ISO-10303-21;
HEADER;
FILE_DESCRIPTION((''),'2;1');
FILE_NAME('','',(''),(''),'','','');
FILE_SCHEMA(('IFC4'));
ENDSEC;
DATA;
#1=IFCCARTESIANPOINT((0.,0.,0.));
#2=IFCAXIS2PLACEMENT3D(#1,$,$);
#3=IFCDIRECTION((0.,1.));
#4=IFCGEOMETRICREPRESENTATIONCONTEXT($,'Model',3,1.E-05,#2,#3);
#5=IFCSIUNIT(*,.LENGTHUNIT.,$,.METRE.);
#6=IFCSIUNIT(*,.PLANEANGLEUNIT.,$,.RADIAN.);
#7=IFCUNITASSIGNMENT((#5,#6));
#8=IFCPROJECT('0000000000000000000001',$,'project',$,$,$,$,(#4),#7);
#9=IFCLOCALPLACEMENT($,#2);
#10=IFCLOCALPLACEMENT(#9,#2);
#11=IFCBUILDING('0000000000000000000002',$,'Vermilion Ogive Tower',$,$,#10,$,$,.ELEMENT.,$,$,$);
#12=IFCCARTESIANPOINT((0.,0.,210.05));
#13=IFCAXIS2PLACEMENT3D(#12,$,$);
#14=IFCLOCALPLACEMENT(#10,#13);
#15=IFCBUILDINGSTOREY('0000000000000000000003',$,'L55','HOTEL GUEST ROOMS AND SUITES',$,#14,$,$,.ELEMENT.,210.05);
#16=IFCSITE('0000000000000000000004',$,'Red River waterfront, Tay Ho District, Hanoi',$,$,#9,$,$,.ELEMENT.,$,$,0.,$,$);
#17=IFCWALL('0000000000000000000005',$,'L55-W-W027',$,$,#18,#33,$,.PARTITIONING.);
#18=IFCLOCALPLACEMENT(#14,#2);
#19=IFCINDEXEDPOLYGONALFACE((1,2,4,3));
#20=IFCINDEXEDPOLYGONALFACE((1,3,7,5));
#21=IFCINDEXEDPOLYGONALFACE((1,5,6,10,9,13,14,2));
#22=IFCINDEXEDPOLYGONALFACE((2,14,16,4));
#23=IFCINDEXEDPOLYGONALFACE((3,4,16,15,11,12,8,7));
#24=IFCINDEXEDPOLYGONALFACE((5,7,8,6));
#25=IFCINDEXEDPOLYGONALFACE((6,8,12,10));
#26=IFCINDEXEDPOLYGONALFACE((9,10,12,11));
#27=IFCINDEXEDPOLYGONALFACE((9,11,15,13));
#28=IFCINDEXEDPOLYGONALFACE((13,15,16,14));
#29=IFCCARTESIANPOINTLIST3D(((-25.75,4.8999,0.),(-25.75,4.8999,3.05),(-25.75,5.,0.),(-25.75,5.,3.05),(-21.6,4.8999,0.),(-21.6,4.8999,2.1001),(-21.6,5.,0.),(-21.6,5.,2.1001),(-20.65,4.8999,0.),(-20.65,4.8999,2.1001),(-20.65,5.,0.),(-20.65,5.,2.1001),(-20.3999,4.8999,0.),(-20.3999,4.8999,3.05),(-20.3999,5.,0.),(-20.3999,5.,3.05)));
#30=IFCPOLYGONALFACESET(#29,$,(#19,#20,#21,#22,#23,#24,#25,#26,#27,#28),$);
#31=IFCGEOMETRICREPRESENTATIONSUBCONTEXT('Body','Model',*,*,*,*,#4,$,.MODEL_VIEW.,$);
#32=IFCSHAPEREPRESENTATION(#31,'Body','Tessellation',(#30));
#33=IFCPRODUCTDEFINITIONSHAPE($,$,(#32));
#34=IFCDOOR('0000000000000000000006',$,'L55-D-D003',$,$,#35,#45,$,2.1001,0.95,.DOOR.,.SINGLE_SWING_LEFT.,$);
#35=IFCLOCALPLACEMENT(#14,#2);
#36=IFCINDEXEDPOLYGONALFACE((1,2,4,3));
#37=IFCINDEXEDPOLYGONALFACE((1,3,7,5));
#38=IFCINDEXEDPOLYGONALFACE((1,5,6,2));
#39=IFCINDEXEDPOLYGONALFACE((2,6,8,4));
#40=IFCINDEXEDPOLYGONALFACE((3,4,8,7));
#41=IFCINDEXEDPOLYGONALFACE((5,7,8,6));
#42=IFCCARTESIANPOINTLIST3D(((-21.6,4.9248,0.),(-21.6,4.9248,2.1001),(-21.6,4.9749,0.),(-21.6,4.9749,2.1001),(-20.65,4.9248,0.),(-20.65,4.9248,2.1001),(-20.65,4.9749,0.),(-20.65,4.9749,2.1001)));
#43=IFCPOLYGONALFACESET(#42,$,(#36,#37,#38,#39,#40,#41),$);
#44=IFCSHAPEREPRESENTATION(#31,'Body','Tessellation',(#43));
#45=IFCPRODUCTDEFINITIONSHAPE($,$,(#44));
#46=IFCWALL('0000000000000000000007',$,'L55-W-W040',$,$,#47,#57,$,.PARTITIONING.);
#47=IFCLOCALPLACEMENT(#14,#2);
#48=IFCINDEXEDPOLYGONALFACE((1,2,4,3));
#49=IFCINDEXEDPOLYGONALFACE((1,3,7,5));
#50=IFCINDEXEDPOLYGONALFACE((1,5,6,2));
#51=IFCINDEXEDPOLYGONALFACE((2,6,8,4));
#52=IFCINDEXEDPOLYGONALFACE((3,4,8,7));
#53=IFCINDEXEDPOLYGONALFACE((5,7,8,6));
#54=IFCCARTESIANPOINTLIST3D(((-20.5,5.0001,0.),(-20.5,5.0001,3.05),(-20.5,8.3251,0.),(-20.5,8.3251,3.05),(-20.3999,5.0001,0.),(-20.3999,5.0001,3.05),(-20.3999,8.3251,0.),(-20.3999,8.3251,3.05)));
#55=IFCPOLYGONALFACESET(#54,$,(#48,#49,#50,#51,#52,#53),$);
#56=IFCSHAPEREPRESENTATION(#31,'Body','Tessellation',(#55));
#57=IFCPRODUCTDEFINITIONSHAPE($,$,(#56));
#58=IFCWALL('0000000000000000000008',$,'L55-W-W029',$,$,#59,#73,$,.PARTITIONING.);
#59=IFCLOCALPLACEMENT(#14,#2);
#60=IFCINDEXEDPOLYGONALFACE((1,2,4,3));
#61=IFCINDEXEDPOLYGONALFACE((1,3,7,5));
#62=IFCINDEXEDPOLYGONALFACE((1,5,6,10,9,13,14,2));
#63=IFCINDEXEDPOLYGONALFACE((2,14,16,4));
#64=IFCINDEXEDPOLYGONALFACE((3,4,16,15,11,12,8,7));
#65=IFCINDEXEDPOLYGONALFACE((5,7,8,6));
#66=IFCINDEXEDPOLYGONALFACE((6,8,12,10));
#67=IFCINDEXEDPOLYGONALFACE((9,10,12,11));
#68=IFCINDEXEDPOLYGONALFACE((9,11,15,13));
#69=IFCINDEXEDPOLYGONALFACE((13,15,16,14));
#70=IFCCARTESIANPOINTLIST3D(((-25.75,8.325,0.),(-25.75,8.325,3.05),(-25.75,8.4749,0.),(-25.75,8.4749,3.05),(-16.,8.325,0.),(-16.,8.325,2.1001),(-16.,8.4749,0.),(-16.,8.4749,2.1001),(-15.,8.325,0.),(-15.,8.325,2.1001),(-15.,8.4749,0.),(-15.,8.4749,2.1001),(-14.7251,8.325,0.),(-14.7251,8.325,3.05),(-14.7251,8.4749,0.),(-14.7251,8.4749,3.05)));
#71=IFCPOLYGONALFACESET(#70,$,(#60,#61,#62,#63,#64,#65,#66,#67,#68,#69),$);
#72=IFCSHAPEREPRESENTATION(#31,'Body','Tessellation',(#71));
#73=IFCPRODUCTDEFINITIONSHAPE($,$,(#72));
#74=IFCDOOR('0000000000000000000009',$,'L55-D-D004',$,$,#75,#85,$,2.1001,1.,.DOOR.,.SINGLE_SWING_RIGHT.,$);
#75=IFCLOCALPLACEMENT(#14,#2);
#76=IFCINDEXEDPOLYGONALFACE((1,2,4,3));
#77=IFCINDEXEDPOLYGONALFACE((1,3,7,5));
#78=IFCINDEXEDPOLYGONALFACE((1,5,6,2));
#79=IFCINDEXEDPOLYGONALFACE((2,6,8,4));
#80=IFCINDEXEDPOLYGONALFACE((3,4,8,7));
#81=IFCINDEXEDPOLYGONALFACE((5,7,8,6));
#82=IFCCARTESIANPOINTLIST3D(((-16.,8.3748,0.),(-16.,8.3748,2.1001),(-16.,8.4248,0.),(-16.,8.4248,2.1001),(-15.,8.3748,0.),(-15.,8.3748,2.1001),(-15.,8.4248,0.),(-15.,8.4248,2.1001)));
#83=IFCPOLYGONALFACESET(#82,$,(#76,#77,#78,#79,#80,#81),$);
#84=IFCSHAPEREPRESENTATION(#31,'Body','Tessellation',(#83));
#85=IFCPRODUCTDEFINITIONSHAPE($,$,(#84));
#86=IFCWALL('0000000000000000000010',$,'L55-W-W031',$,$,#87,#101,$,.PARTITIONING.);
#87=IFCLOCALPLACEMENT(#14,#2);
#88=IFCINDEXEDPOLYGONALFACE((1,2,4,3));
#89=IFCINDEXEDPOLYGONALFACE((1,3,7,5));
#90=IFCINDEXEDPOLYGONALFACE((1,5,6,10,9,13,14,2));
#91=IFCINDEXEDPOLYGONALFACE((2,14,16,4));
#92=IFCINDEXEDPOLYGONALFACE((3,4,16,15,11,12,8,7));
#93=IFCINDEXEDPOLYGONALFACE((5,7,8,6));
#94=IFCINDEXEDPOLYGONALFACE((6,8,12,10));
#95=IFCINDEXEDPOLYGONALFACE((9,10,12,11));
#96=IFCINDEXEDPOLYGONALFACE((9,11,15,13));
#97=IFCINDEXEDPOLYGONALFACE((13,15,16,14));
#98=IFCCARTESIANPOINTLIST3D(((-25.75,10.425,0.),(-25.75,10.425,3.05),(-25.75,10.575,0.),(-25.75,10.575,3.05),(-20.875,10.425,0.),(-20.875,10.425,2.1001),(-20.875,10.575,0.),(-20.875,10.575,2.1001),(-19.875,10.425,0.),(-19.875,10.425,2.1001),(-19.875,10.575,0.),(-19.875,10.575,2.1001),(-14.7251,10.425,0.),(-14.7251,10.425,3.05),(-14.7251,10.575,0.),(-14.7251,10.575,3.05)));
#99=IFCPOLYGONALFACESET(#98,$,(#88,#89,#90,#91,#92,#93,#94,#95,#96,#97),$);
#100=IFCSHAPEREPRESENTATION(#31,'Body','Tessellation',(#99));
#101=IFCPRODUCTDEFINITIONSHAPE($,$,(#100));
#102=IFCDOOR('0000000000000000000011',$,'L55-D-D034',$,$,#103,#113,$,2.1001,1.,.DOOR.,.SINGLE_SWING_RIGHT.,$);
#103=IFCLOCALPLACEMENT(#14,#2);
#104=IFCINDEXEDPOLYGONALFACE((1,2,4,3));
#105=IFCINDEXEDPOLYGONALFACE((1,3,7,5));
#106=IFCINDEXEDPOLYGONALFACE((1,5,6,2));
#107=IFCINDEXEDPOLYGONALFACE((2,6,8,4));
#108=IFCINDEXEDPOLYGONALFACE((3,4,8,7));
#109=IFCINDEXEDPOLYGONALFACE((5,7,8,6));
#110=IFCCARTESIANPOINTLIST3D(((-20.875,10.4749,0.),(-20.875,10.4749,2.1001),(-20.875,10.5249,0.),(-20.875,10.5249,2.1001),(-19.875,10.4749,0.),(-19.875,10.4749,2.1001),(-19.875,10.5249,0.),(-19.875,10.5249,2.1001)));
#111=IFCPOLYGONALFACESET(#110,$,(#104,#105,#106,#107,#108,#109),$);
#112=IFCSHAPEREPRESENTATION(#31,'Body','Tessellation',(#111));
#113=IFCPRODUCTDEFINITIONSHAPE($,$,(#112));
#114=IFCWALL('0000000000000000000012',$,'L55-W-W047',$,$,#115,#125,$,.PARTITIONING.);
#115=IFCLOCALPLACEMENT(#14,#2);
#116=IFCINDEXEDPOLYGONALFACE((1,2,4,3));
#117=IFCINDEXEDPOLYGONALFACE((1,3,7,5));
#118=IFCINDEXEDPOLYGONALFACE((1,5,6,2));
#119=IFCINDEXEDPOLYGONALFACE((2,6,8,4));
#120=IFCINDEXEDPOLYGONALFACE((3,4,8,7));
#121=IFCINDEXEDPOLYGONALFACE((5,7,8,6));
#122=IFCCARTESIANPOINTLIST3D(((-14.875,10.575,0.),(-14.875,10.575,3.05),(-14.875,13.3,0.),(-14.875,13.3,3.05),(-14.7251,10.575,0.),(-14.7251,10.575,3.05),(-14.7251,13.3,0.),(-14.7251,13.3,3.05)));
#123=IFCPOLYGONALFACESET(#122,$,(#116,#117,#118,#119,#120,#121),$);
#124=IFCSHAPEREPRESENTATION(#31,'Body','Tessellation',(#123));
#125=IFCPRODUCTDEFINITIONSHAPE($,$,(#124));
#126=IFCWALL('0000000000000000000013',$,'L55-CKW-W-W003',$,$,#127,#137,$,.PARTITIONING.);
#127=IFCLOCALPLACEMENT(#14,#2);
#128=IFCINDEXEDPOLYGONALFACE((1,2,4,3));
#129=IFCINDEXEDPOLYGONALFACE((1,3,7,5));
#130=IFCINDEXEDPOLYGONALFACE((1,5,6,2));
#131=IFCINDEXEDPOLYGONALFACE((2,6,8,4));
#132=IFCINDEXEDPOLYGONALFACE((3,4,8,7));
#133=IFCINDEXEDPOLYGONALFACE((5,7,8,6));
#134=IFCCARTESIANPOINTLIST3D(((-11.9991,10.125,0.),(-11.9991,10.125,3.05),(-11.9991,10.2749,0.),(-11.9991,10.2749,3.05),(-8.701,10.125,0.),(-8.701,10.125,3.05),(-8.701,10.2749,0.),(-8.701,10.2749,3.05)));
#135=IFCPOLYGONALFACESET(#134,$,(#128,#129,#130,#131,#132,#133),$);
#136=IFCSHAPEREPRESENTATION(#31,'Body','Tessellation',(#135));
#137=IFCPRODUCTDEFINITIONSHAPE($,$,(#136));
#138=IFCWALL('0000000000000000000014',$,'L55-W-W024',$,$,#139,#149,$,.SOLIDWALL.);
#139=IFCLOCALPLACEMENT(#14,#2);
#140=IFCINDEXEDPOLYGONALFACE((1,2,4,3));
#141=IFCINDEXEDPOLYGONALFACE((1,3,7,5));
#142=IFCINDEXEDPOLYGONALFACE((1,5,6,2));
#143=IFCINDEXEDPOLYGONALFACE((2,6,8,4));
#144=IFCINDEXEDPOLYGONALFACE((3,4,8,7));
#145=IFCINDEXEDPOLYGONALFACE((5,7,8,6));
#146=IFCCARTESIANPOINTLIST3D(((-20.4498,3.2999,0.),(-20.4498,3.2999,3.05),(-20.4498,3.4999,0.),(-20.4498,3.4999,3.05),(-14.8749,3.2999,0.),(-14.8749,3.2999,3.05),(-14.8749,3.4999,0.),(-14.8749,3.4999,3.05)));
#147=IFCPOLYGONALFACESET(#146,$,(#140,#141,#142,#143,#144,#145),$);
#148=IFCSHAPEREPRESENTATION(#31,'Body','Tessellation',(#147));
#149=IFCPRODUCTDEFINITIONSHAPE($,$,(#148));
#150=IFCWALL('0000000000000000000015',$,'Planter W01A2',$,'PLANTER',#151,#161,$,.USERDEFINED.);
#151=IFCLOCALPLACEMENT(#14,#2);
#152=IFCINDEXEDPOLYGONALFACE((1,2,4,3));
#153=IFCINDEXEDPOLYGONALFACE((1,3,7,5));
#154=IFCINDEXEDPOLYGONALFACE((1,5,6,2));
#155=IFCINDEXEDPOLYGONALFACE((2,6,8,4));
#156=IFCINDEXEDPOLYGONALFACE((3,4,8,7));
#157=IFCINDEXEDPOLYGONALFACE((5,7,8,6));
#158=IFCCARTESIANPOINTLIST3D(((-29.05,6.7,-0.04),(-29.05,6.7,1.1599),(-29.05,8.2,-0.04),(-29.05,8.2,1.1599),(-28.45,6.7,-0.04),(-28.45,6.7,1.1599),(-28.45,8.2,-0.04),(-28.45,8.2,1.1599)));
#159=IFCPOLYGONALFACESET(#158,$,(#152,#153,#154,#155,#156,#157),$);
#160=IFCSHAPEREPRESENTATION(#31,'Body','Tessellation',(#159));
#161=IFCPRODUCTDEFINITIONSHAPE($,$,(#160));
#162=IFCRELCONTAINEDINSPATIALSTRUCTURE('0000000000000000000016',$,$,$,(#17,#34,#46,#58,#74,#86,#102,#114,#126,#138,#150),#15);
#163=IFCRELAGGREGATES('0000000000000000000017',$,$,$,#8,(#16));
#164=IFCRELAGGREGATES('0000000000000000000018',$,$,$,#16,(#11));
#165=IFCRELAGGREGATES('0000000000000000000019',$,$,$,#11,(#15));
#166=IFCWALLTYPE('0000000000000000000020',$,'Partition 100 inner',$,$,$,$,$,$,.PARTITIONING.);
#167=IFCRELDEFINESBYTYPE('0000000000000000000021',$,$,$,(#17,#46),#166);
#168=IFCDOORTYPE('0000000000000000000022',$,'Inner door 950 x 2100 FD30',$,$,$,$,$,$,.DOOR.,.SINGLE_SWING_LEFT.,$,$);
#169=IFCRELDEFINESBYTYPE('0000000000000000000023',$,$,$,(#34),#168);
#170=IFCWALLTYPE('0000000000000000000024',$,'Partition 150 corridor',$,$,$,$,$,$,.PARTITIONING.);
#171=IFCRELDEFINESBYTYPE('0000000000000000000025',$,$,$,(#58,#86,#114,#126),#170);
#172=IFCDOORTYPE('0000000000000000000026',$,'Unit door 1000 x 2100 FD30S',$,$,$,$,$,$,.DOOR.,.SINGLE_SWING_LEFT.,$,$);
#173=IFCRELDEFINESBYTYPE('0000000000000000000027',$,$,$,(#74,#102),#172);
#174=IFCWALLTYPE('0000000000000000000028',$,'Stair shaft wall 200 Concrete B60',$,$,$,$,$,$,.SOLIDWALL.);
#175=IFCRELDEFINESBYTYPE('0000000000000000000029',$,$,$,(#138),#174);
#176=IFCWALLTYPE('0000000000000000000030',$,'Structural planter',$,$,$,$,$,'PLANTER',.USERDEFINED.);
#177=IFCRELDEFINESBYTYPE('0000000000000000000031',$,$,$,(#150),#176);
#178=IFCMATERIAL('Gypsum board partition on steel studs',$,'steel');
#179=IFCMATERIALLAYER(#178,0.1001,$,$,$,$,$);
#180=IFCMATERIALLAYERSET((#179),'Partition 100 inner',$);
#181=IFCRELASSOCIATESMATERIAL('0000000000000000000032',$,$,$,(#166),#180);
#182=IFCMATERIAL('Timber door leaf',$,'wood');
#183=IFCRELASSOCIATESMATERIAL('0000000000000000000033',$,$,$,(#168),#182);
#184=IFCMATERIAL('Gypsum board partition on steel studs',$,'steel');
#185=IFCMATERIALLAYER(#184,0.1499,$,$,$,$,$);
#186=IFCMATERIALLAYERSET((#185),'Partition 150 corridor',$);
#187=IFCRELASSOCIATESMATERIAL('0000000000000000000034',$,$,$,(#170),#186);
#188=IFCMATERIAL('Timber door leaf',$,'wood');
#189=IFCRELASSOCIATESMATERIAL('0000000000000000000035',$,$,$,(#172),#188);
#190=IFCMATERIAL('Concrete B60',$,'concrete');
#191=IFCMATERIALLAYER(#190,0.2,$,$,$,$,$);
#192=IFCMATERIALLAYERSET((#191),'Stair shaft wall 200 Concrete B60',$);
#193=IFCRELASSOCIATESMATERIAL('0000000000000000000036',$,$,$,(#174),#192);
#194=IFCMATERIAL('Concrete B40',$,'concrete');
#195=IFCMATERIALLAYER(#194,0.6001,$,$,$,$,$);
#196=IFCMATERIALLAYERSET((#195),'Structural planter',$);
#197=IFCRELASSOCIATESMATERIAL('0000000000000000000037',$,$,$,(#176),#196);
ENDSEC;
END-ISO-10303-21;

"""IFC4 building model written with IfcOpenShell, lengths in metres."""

from ifc_helpers import new_model, si_unit, direction, frame, frame_2d, origin, place, context, subcontext, project, spatial, rectangle, extrude, material, layer, layer_set, type_object, element, fill, save


model = new_model("IFC4")

# Units and contexts
model_context = context("Model", 3, precision=1e-05, world=origin(), true_north=direction((0.0, 1.0)))
body_context = subcontext(model_context, "Body", "Model", "MODEL_VIEW")
ifc_project = project(units=[si_unit("LENGTHUNIT", "METRE"), si_unit("PLANEANGLEUNIT", "RADIAN")], contexts=[model_context])

# Site, building, storey
site_placement = place(None, origin())
site = spatial("IfcSite", under=ifc_project, at=site_placement, Name="Red River waterfront, Tay Ho District, Hanoi", CompositionType="ELEMENT", RefElevation=0.0)
building_placement = place(site_placement, origin())
building = spatial("IfcBuilding", under=site, at=building_placement, Name="Vermilion Ogive Tower", CompositionType="ELEMENT")
storey_placement = place(building_placement, frame((0.0, 0.0, 210.05)))
storey = spatial("IfcBuildingStorey", under=building, at=storey_placement, Name="L55", Description="HOTEL GUEST ROOMS AND SUITES", CompositionType="ELEMENT", Elevation=210.05)

# Wall, opening, door
ifc_material_1 = material(Name="Gypsum board partition on steel studs", Category="steel")
ifc_layer_1 = layer(ifc_material_1, 0.1001)
ifc_layer_set_1 = layer_set([ifc_layer_1], Name="Partition 100 inner")
wall_type_1 = type_object("IfcWallType", Name="Partition 100 inner", PredefinedType="PARTITIONING", material=ifc_layer_set_1)
ifc_material_2 = material(Name="Timber door leaf", Category="wood")
door_type_1 = type_object("IfcDoorType", Name="Inner door 950 x 2100 FD30", OperationType="SINGLE_SWING_LEFT", PredefinedType="DOOR", material=ifc_material_2)
wall_1_placement = place(storey_placement, frame((-25.75, 4.95, 0.0), z_axis=(0.0, 0.0, 1.0), x_axis=(1.0, 0.0, 0.0)))
wall_1 = element("IfcWall", 1, at=wall_1_placement, inside=storey, type_object=wall_type_1, Name="L55-W-W027", PredefinedType="PARTITIONING", context=body_context, shape_type="SweptSolid", body=[
    extrude(rectangle(XDim=5.3501, YDim=0.1001, at=frame_2d((2.675, 0.0))), origin(), (0.0, 0.0, 1.0), 3.05),
])
opening_1_placement = place(wall_1_placement, frame((4.1499, 0.0, 0.0)))
opening_1 = element("IfcOpeningElement", 2, at=opening_1_placement, cuts=wall_1, PredefinedType="OPENING", context=body_context, shape_type="SweptSolid", body=[
    extrude(rectangle(XDim=0.95, YDim=2.1001, at=frame_2d((0.4751, 1.05))), frame((0.0, 0.0601, 0.0), z_axis=(0.0, -1.0, 0.0), x_axis=(1.0, 0.0, 0.0)), (0.0, 0.0, 1.0), 0.1201),
])
door_1_placement = place(opening_1_placement, origin())
door_1 = element("IfcDoor", 3, at=door_1_placement, inside=storey, type_object=door_type_1, Name="L55-D-D003", OperationType="SINGLE_SWING_LEFT", OverallHeight=2.1001, OverallWidth=0.95, PredefinedType="DOOR", context=body_context, shape_type="SweptSolid", body=[
    extrude(rectangle(XDim=0.95, YDim=2.1001, at=frame_2d((0.4751, 1.05))), frame((0.0, 0.0249, 0.0), z_axis=(0.0, -1.0, 0.0), x_axis=(1.0, 0.0, 0.0)), (0.0, 0.0, 1.0), 0.05),
])
fill(opening_1, door_1)

# Wall
wall_2_placement = place(storey_placement, frame((-20.45, 5.0, 0.0), z_axis=(0.0, 0.0, 1.0), x_axis=(0.0, 1.0, 0.0)))
element("IfcWall", 4, at=wall_2_placement, inside=storey, type_object=wall_type_1, Name="L55-W-W040", PredefinedType="PARTITIONING", context=body_context, shape_type="SweptSolid", body=[
    extrude(rectangle(XDim=3.325, YDim=0.1001, at=frame_2d((1.6626, 0.0))), origin(), (0.0, 0.0, 1.0), 3.05),
])

# Walls, openings, doors
ifc_material_3 = material(Name="Gypsum board partition on steel studs", Category="steel")
ifc_layer_2 = layer(ifc_material_3, 0.1499)
ifc_layer_set_2 = layer_set([ifc_layer_2], Name="Partition 150 corridor")
wall_type_2 = type_object("IfcWallType", Name="Partition 150 corridor", PredefinedType="PARTITIONING", material=ifc_layer_set_2)
wall_3_placement = place(storey_placement, frame((-25.75, 8.3999, 0.0), z_axis=(0.0, 0.0, 1.0), x_axis=(1.0, 0.0, 0.0)))
wall_3 = element("IfcWall", 5, at=wall_3_placement, inside=storey, type_object=wall_type_2, Name="L55-W-W029", PredefinedType="PARTITIONING", context=body_context, shape_type="SweptSolid", body=[
    extrude(rectangle(XDim=11.0249, YDim=0.1499, at=frame_2d((5.5125, 0.0))), origin(), (0.0, 0.0, 1.0), 3.05),
])
opening_2_placement = place(wall_3_placement, frame((9.75, 0.0, 0.0)))
opening_2 = element("IfcOpeningElement", 6, at=opening_2_placement, cuts=wall_3, PredefinedType="OPENING", context=body_context, shape_type="SweptSolid", body=[
    extrude(rectangle(XDim=1.0, YDim=2.1001, at=frame_2d((0.5, 1.05))), frame((0.0, 0.085, 0.0), z_axis=(0.0, -1.0, 0.0), x_axis=(1.0, 0.0, 0.0)), (0.0, 0.0, 1.0), 0.1699),
])
ifc_material_4 = material(Name="Timber door leaf", Category="wood")
door_type_2 = type_object("IfcDoorType", Name="Unit door 1000 x 2100 FD30S", OperationType="SINGLE_SWING_LEFT", PredefinedType="DOOR", material=ifc_material_4)
door_2_placement = place(opening_2_placement, origin())
door_2 = element("IfcDoor", 7, at=door_2_placement, inside=storey, type_object=door_type_2, Name="L55-D-D004", OperationType="SINGLE_SWING_RIGHT", OverallHeight=2.1001, OverallWidth=1.0, PredefinedType="DOOR", context=body_context, shape_type="SweptSolid", body=[
    extrude(rectangle(XDim=1.0, YDim=2.1001, at=frame_2d((0.5, 1.05))), frame((0.0, 0.0249, 0.0), z_axis=(0.0, -1.0, 0.0), x_axis=(1.0, 0.0, 0.0)), (0.0, 0.0, 1.0), 0.05),
])
fill(opening_2, door_2)
wall_4_placement = place(storey_placement, frame((-25.75, 10.5, 0.0), z_axis=(0.0, 0.0, 1.0), x_axis=(1.0, 0.0, 0.0)))
wall_4 = element("IfcWall", 8, at=wall_4_placement, inside=storey, type_object=wall_type_2, Name="L55-W-W031", PredefinedType="PARTITIONING", context=body_context, shape_type="SweptSolid", body=[
    extrude(rectangle(XDim=11.0249, YDim=0.1499, at=frame_2d((5.5125, 0.0))), origin(), (0.0, 0.0, 1.0), 3.05),
])
opening_3_placement = place(wall_4_placement, frame((4.875, 0.0, 0.0)))
opening_3 = element("IfcOpeningElement", 9, at=opening_3_placement, cuts=wall_4, PredefinedType="OPENING", context=body_context, shape_type="SweptSolid", body=[
    extrude(rectangle(XDim=1.0, YDim=2.1001, at=frame_2d((0.5, 1.05))), frame((0.0, 0.085, 0.0), z_axis=(0.0, -1.0, 0.0), x_axis=(1.0, 0.0, 0.0)), (0.0, 0.0, 1.0), 0.1699),
])
door_3_placement = place(opening_3_placement, origin())
door_3 = element("IfcDoor", 10, at=door_3_placement, inside=storey, type_object=door_type_2, Name="L55-D-D034", OperationType="SINGLE_SWING_RIGHT", OverallHeight=2.1001, OverallWidth=1.0, PredefinedType="DOOR", context=body_context, shape_type="SweptSolid", body=[
    extrude(rectangle(XDim=1.0, YDim=2.1001, at=frame_2d((0.5, 1.05))), frame((0.0, 0.0249, 0.0), z_axis=(0.0, -1.0, 0.0), x_axis=(1.0, 0.0, 0.0)), (0.0, 0.0, 1.0), 0.05),
])
fill(opening_3, door_3)

# Walls
wall_5_placement = place(storey_placement, frame((-14.8, 10.575, 0.0), z_axis=(0.0, 0.0, 1.0), x_axis=(0.0, 1.0, 0.0)))
element("IfcWall", 11, at=wall_5_placement, inside=storey, type_object=wall_type_2, Name="L55-W-W047", PredefinedType="PARTITIONING", context=body_context, shape_type="SweptSolid", body=[
    extrude(rectangle(XDim=2.7251, YDim=0.1499, at=frame_2d((1.3625, 0.0))), origin(), (0.0, 0.0, 1.0), 3.05),
])
wall_6_placement = place(storey_placement, frame((-11.999, 10.2, 0.0), z_axis=(0.0, 0.0, 1.0), x_axis=(1.0, 0.0, 0.0)))
element("IfcWall", 12, at=wall_6_placement, inside=storey, type_object=wall_type_2, Name="L55-CKW-W-W003", PredefinedType="PARTITIONING", context=body_context, shape_type="SweptSolid", body=[
    extrude(rectangle(XDim=3.2981, YDim=0.1499, at=frame_2d((1.6489, 0.0))), origin(), (0.0, 0.0, 1.0), 3.05),
])
ifc_material_5 = material(Name="Concrete B60", Category="concrete")
ifc_layer_3 = layer(ifc_material_5, 0.2)
ifc_layer_set_3 = layer_set([ifc_layer_3], Name="Stair shaft wall 200 Concrete B60")
wall_type_3 = type_object("IfcWallType", Name="Stair shaft wall 200 Concrete B60", PredefinedType="SOLIDWALL", material=ifc_layer_set_3)
wall_7_placement = place(storey_placement, frame((-20.45, 3.3999, 0.0), z_axis=(0.0, 0.0, 1.0), x_axis=(1.0, 0.0, 0.0)))
element("IfcWall", 13, at=wall_7_placement, inside=storey, type_object=wall_type_3, Name="L55-W-W024", PredefinedType="SOLIDWALL", context=body_context, shape_type="SweptSolid", body=[
    extrude(rectangle(XDim=5.575, YDim=0.2, at=frame_2d((2.7876, 0.0))), origin(), (0.0, 0.0, 1.0), 3.05),
])
ifc_material_6 = material(Name="Concrete B40", Category="concrete")
ifc_layer_4 = layer(ifc_material_6, 0.6001)
ifc_layer_set_4 = layer_set([ifc_layer_4], Name="Structural planter")
wall_type_4 = type_object("IfcWallType", Name="Structural planter", ElementType="PLANTER", PredefinedType="USERDEFINED", material=ifc_layer_set_4)
wall_8_placement = place(storey_placement, frame((-28.75, 8.2, -0.04), z_axis=(0.0, 0.0, 1.0), x_axis=(0.0, -1.0, 0.0)))
element("IfcWall", 14, at=wall_8_placement, inside=storey, type_object=wall_type_4, Name="Planter W01A2", ObjectType="PLANTER", PredefinedType="USERDEFINED", context=body_context, shape_type="SweptSolid", body=[
    extrude(rectangle(XDim=1.5, YDim=0.6001, at=frame_2d((0.75, 0.0))), origin(), (0.0, 0.0, 1.0), 1.2),
])

save(model, "model.ifc")
